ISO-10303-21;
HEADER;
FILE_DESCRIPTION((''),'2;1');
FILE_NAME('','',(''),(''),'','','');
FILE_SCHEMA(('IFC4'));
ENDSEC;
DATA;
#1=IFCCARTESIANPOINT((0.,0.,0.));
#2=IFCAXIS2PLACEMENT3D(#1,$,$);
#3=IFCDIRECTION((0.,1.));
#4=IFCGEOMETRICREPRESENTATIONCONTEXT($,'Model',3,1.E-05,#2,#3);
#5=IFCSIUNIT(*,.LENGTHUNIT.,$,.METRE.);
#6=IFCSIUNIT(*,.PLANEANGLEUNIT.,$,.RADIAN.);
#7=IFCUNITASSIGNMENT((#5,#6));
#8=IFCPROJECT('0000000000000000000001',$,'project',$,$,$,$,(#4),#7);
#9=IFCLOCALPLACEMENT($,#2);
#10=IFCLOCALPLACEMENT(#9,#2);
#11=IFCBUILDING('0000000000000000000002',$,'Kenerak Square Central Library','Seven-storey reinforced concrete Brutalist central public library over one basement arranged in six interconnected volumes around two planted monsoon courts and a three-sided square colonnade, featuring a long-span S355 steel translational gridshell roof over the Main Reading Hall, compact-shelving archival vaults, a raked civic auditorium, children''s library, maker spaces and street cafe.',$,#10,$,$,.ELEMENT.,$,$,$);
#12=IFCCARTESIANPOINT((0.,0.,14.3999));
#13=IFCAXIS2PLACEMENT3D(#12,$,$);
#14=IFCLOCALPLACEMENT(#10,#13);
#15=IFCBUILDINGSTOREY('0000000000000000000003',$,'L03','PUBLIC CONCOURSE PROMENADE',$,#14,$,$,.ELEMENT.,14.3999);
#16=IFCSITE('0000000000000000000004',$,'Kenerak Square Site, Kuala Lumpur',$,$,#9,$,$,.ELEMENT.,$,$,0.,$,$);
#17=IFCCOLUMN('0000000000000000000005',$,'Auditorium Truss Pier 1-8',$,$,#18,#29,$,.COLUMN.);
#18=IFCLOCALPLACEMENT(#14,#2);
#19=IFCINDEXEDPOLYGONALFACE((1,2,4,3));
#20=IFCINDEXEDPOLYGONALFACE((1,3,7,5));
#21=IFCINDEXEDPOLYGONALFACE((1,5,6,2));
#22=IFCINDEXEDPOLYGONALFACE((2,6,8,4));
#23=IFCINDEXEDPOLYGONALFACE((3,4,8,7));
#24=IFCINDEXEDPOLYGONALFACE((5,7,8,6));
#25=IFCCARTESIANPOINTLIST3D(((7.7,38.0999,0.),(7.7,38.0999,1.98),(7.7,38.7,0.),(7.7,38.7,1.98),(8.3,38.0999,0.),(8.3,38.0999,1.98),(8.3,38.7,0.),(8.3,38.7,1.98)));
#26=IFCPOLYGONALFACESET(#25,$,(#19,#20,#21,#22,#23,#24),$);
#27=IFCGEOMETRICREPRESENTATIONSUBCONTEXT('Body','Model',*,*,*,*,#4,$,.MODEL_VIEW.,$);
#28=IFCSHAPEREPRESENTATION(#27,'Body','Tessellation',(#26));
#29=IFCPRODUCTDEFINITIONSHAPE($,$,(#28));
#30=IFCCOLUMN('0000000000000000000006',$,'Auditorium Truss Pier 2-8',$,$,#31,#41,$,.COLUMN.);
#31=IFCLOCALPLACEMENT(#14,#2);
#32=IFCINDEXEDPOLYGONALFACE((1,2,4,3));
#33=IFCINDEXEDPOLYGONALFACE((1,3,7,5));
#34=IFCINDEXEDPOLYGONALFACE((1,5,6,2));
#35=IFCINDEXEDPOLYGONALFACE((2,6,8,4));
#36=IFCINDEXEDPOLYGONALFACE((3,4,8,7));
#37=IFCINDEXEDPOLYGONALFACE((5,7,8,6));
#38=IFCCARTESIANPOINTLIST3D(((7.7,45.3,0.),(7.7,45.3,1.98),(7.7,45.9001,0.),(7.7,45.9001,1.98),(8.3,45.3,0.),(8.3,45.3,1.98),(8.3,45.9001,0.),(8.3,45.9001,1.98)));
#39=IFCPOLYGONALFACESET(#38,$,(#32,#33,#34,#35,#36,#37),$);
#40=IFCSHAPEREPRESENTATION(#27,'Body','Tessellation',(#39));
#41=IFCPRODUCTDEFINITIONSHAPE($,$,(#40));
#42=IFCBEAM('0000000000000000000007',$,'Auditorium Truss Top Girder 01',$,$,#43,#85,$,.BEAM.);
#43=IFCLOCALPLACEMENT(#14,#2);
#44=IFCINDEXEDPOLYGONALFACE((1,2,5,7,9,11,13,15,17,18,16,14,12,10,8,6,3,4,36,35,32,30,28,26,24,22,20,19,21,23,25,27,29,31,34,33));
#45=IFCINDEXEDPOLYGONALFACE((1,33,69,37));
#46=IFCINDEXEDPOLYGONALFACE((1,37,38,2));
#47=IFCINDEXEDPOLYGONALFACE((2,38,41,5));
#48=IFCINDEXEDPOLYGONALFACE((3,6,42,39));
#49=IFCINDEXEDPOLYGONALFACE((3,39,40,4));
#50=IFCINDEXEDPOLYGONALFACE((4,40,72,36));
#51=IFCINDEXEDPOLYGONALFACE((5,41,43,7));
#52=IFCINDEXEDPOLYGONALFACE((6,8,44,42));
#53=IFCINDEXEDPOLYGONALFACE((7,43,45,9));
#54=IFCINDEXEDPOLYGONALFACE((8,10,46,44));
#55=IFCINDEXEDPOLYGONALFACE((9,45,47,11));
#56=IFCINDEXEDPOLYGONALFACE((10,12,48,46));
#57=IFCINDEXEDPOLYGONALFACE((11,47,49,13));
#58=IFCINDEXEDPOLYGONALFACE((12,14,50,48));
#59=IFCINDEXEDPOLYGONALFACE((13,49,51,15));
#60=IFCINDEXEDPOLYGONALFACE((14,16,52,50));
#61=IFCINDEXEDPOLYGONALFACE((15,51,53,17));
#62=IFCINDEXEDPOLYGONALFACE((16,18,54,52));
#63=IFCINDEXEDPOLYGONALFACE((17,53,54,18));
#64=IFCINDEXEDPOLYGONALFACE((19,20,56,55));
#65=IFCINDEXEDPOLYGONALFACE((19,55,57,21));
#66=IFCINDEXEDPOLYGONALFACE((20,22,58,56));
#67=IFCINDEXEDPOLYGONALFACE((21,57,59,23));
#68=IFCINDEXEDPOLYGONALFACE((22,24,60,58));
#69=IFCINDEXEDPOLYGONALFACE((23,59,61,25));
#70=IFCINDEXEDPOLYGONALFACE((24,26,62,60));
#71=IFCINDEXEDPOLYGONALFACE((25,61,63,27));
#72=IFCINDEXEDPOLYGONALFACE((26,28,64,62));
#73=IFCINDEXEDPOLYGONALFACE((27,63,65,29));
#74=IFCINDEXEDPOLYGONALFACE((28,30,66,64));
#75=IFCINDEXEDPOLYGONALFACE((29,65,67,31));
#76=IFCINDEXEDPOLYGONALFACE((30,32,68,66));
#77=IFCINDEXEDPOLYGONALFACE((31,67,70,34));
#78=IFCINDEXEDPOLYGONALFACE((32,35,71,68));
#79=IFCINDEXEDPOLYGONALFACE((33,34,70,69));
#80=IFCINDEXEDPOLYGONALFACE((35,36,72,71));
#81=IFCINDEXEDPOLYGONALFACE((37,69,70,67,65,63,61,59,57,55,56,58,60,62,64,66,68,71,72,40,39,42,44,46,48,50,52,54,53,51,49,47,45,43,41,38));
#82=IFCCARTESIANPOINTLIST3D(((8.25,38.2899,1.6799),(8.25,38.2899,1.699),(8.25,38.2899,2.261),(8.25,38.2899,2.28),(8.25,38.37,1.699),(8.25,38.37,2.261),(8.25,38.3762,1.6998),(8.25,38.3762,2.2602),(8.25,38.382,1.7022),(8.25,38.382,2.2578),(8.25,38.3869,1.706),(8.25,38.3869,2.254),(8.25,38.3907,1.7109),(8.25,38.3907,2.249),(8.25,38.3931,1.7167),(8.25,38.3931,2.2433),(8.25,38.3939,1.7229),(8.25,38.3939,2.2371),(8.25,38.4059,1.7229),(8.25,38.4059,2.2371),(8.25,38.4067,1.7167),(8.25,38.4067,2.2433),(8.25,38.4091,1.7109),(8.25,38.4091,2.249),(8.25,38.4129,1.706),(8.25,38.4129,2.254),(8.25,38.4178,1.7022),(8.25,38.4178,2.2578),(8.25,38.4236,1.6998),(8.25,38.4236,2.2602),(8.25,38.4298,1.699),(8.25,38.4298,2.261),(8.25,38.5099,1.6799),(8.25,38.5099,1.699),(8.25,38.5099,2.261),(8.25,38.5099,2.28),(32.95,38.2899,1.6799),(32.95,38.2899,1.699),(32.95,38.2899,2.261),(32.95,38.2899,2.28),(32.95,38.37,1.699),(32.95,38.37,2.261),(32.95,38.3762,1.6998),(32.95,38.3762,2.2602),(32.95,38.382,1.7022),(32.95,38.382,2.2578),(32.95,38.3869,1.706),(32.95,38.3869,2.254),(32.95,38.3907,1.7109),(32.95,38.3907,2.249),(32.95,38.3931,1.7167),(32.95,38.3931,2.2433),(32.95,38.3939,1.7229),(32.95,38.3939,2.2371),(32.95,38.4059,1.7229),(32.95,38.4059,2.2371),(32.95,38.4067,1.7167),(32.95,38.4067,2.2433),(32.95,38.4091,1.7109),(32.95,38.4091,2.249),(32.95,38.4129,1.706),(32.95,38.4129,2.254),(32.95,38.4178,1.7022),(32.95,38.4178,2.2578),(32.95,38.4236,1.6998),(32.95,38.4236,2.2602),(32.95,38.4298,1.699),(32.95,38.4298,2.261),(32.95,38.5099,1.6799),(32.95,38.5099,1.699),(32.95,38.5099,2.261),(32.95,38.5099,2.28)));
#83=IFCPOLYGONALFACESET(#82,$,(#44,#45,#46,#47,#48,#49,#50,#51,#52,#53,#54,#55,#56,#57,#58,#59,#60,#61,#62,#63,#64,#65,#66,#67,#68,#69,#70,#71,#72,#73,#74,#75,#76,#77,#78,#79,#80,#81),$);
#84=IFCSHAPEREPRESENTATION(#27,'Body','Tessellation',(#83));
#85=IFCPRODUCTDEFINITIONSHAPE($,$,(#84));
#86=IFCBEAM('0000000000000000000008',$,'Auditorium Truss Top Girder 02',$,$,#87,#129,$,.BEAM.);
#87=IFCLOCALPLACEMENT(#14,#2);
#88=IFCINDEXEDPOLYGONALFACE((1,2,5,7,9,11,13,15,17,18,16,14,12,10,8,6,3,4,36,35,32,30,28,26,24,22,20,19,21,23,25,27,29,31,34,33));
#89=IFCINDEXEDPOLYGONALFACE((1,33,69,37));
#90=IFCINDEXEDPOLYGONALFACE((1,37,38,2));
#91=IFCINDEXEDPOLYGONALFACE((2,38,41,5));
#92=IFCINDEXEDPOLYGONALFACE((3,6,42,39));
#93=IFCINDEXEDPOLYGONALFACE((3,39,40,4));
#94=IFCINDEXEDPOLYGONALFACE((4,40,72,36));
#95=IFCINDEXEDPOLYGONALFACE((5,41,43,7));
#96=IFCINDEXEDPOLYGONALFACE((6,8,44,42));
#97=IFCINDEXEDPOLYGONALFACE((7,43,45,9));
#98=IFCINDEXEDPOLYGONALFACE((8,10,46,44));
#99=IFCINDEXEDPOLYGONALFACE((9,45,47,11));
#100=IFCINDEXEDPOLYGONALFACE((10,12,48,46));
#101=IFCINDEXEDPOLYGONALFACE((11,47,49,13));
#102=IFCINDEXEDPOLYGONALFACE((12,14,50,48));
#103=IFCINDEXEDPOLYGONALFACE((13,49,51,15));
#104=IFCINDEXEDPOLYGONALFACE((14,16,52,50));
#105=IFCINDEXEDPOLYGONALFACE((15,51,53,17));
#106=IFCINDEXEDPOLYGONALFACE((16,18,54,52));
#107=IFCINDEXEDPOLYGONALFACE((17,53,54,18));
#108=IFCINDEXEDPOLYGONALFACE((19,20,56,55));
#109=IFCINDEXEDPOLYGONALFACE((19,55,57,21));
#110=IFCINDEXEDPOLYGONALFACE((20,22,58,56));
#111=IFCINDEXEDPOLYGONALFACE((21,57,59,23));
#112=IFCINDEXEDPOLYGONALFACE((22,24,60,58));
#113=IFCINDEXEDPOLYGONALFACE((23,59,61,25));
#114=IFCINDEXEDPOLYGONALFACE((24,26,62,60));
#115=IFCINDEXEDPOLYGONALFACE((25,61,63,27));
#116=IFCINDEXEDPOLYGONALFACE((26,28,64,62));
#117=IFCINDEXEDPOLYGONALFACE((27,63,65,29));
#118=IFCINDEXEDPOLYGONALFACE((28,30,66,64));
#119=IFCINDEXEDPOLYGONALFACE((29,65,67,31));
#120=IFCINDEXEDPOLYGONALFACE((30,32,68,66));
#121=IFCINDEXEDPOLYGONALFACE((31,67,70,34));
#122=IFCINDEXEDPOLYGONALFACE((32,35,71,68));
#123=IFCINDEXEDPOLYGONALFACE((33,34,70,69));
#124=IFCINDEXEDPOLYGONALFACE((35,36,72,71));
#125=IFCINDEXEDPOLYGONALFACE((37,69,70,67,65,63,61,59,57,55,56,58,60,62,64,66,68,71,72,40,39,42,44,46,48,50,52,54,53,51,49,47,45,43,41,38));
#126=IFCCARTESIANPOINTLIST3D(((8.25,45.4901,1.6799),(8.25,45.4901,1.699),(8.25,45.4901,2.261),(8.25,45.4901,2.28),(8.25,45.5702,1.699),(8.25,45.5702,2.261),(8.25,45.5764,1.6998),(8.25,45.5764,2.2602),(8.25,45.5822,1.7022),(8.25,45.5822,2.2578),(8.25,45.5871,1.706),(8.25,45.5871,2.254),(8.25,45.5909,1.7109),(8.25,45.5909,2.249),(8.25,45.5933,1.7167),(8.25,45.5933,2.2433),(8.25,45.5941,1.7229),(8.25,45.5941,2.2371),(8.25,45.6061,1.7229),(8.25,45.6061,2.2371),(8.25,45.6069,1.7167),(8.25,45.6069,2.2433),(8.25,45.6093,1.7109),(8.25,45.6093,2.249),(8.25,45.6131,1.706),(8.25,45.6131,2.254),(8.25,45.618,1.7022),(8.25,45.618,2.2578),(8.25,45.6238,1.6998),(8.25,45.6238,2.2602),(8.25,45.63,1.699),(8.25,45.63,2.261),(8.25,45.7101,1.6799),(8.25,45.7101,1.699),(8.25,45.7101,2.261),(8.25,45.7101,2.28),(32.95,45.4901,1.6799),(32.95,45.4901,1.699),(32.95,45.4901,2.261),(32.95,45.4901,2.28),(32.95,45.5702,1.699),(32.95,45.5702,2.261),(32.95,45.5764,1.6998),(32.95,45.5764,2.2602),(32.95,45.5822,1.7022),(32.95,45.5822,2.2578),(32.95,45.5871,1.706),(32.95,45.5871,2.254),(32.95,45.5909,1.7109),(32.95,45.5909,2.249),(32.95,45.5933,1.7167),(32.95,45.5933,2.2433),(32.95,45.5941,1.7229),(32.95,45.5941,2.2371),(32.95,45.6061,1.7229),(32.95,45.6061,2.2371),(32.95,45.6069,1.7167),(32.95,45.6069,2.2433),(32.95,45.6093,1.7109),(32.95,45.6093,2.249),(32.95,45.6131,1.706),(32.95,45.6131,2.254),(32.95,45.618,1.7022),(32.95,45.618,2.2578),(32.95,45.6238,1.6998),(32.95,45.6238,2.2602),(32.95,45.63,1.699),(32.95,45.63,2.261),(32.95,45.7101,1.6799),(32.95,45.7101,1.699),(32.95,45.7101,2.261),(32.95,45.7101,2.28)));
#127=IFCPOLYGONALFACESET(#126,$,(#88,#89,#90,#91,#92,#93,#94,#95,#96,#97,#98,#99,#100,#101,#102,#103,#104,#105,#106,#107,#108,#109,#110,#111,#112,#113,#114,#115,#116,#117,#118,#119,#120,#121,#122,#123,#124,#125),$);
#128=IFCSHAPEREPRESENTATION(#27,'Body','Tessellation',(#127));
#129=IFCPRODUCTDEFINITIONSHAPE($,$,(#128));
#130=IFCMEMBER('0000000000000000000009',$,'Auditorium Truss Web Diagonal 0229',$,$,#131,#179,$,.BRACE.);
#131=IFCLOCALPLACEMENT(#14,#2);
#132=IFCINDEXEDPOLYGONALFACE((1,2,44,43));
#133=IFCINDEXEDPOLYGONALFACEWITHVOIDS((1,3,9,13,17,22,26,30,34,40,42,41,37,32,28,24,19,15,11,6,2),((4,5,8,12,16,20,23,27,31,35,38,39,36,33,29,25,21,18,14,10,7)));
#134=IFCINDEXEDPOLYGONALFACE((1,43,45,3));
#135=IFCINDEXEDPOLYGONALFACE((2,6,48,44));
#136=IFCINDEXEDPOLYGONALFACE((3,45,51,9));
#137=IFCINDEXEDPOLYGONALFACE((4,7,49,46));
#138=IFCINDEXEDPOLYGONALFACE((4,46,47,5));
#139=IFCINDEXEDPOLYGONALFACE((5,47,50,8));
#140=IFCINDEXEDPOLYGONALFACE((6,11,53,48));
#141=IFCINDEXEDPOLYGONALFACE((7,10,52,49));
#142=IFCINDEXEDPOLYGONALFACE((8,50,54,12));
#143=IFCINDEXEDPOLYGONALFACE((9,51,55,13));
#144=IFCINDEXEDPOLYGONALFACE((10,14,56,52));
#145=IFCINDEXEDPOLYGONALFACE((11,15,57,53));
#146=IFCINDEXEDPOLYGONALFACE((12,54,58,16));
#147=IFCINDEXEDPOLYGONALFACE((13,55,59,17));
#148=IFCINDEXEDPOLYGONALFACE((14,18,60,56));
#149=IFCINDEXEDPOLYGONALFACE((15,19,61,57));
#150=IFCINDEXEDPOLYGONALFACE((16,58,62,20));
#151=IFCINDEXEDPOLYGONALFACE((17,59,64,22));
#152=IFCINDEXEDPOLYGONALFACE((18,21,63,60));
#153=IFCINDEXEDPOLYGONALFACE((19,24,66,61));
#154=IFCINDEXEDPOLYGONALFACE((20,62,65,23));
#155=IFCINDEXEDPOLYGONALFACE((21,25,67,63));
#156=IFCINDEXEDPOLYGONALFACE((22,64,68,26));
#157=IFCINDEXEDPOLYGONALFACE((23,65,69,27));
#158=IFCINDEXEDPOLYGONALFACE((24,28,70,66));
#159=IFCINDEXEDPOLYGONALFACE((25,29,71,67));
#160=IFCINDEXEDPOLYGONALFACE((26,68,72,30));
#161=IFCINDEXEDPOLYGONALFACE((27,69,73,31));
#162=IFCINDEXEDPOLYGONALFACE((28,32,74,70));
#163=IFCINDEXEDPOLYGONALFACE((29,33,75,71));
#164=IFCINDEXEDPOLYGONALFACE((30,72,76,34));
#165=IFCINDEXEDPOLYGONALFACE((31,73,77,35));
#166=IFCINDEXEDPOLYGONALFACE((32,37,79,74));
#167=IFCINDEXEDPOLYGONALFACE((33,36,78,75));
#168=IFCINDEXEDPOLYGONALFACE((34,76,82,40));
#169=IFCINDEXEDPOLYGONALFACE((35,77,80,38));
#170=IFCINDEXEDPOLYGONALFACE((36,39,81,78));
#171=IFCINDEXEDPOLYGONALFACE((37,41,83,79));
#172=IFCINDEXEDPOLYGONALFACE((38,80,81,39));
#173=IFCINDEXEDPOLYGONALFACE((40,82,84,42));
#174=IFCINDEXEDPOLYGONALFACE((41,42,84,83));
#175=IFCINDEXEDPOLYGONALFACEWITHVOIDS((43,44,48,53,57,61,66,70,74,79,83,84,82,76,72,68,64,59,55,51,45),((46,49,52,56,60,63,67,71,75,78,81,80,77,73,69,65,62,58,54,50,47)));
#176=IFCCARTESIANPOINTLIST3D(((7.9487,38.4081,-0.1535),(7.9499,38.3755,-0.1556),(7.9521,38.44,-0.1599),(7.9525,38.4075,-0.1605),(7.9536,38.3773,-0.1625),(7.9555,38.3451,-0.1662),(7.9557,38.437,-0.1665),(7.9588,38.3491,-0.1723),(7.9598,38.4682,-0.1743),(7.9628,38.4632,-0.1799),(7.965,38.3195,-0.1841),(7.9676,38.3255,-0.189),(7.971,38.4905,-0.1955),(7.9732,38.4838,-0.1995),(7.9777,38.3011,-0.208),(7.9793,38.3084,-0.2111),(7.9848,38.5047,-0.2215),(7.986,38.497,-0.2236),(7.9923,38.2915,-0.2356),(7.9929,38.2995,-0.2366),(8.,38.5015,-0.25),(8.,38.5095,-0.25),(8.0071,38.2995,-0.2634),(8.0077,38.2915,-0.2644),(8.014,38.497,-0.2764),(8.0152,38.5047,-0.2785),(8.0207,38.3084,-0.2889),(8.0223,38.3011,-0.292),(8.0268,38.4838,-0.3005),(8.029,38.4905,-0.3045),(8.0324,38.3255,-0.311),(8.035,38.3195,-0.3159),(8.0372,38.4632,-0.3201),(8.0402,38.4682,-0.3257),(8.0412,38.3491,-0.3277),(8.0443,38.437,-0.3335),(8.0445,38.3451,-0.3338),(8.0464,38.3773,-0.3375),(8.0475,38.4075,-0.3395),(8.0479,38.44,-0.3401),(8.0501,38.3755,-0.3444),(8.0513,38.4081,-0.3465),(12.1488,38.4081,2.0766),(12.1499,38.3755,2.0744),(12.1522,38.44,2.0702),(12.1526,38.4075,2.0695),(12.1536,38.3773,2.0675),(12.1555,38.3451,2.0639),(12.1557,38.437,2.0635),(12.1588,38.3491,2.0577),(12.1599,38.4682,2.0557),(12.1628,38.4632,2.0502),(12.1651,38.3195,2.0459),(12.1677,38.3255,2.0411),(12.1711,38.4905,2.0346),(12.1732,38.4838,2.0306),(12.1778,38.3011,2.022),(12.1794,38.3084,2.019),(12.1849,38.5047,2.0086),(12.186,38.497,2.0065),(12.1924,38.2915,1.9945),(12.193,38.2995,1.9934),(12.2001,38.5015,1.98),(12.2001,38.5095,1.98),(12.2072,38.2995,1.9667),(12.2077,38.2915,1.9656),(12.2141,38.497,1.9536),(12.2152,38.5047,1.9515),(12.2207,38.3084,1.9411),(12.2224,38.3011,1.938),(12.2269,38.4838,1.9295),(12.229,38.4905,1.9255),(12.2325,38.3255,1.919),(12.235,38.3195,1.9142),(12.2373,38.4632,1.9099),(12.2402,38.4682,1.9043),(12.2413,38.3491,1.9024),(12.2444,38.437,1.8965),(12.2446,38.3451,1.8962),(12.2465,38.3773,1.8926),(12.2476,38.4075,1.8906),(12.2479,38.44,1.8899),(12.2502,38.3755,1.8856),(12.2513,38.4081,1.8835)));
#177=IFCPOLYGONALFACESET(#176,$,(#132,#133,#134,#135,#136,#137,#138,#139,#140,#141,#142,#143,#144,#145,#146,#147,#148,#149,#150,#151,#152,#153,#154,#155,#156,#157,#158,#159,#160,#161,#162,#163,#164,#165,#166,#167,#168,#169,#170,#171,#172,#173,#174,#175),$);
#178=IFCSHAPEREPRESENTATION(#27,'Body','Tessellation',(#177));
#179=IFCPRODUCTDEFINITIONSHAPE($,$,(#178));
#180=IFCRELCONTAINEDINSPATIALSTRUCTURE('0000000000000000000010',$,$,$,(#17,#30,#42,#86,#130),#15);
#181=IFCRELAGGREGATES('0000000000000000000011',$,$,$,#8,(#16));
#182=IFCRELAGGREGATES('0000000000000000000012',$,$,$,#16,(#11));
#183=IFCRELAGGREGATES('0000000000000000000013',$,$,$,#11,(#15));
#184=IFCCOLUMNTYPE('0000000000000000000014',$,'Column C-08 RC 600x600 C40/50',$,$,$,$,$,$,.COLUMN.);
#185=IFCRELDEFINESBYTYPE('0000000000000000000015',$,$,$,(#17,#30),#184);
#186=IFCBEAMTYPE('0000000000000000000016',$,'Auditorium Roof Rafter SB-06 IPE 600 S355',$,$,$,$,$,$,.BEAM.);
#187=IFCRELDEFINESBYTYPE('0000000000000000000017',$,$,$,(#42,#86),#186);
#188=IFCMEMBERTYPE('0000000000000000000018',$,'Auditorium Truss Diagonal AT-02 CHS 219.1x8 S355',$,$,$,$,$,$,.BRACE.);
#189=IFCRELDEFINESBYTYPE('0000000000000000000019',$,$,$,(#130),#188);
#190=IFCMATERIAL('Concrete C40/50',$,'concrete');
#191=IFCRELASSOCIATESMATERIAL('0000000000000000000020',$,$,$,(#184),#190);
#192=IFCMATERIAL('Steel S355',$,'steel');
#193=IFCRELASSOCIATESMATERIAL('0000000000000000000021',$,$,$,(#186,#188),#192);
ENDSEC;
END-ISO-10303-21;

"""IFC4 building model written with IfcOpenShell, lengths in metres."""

from ifc_helpers import new_model, si_unit, direction, frame, origin, origin_2d, place, context, subcontext, project, spatial, rectangle, hollow_circle, i_section, extrude, material, material_profile, profile_set, type_object, element, save


model = new_model("IFC4")

# Units and contexts
model_context = context("Model", 3, precision=1e-05, world=origin(), true_north=direction((0.0, 1.0)))
body_context = subcontext(model_context, "Body", "Model", "MODEL_VIEW")
ifc_project = project(units=[si_unit("LENGTHUNIT", "METRE"), si_unit("PLANEANGLEUNIT", "RADIAN")], contexts=[model_context])

# Site, building, storey
site_placement = place(None, origin())
site = spatial("IfcSite", under=ifc_project, at=site_placement, Name="Kenerak Square Site, Kuala Lumpur", CompositionType="ELEMENT", RefElevation=0.0)
building_placement = place(site_placement, origin())
building = spatial("IfcBuilding", under=site, at=building_placement, Name="Kenerak Square Central Library", Description="Seven-storey reinforced concrete Brutalist central public library over one basement arranged in six interconnected volumes around two planted monsoon courts and a three-sided square colonnade, featuring a long-span S355 steel translational gridshell roof over the Main Reading Hall, compact-shelving archival vaults, a raked civic auditorium, children's library, maker spaces and street cafe.", CompositionType="ELEMENT")
storey_placement = place(building_placement, frame((0.0, 0.0, 14.3999)))
storey = spatial("IfcBuildingStorey", under=building, at=storey_placement, Name="L03", Description="PUBLIC CONCOURSE PROMENADE", CompositionType="ELEMENT", Elevation=14.3999)

# Columns
ifc_material_1 = material(Name="Concrete C40/50", Category="concrete")
ifc_material_profile_1 = material_profile(ifc_material_1, rectangle(XDim=0.6001, YDim=0.6001, at=origin_2d()), Name="RC 600x600")
ifc_profile_set_1 = profile_set([ifc_material_profile_1], Name="Concrete C40/50")
column_type = type_object("IfcColumnType", Name="Column C-08 RC 600x600 C40/50", PredefinedType="COLUMN", material=ifc_profile_set_1)
for number, where, z_axis, x_axis, name in (
    (1, (8.0, 38.3999, 0.0), (0.0, 0.0, 1.0), (1.0, 0.0, 0.0), "Auditorium Truss Pier 1-8"),
    (2, (8.0, 45.6001, 0.0), (0.0, 0.0, 1.0), (1.0, 0.0, 0.0), "Auditorium Truss Pier 2-8"),
):
    element("IfcColumn", number, at=place(storey_placement, frame(where, z_axis=z_axis, x_axis=x_axis)), inside=storey, type_object=column_type, Name=name, PredefinedType="COLUMN", context=body_context, shape_type="SweptSolid", body=[
        extrude(rectangle(XDim=0.6001, YDim=0.6001, at=origin_2d()), origin(), (0.0, 0.0, 1.0), 1.98),
    ])

# Beams
ifc_material_2 = material(Name="Steel S355", Category="steel")
ifc_material_profile_2 = material_profile(ifc_material_2, i_section(OverallWidth=0.22, OverallDepth=0.6001, WebThickness=0.012, FlangeThickness=0.019, FilletRadius=0.0239, at=origin_2d()), Name="IPE 600")
ifc_profile_set_2 = profile_set([ifc_material_profile_2], Name="Steel S355")
beam_type = type_object("IfcBeamType", Name="Auditorium Roof Rafter SB-06 IPE 600 S355", PredefinedType="BEAM", material=ifc_profile_set_2)
for number, where, z_axis, x_axis, name in (
    (3, (8.25, 38.3999, 1.98), (1.0, 0.0, 0.0), (0.0, 1.0, 0.0), "Auditorium Truss Top Girder 01"),
    (4, (8.25, 45.6001, 1.98), (1.0, 0.0, 0.0), (0.0, 1.0, 0.0), "Auditorium Truss Top Girder 02"),
):
    element("IfcBeam", number, at=place(storey_placement, frame(where, z_axis=z_axis, x_axis=x_axis)), inside=storey, type_object=beam_type, Name=name, PredefinedType="BEAM", context=body_context, shape_type="SweptSolid", body=[
        extrude(i_section(OverallWidth=0.22, OverallDepth=0.6001, WebThickness=0.012, FlangeThickness=0.019, FilletRadius=0.0239, at=origin_2d()), origin(), (0.0, 0.0, 1.0), 24.7),
    ])

# Member
ifc_material_profile_3 = material_profile(ifc_material_2, hollow_circle(Radius=0.1096, WallThickness=0.0081, at=origin_2d()), Name="CHS 219.1x8.0")
ifc_profile_set_3 = profile_set([ifc_material_profile_3], Name="Steel S355")
member_type_1 = type_object("IfcMemberType", Name="Auditorium Truss Diagonal AT-02 CHS 219.1x8 S355", PredefinedType="BRACE", material=ifc_profile_set_3)
for number, where, z_axis, x_axis, name in (
    (5, (8.0, 38.3999, -0.25), (0.883224, 0.0, 0.468951), (0.0, 1.0, 0.0), "Auditorium Truss Web Diagonal 0229"),
):
    element("IfcMember", number, at=place(storey_placement, frame(where, z_axis=z_axis, x_axis=x_axis)), inside=storey, type_object=member_type_1, Name=name, PredefinedType="BRACE", context=body_context, shape_type="SweptSolid", body=[
        extrude(hollow_circle(Radius=0.1096, WallThickness=0.0081, at=origin_2d()), origin(), (0.0, 0.0, 1.0), 4.7554),
    ])

save(model, "model.ifc")
